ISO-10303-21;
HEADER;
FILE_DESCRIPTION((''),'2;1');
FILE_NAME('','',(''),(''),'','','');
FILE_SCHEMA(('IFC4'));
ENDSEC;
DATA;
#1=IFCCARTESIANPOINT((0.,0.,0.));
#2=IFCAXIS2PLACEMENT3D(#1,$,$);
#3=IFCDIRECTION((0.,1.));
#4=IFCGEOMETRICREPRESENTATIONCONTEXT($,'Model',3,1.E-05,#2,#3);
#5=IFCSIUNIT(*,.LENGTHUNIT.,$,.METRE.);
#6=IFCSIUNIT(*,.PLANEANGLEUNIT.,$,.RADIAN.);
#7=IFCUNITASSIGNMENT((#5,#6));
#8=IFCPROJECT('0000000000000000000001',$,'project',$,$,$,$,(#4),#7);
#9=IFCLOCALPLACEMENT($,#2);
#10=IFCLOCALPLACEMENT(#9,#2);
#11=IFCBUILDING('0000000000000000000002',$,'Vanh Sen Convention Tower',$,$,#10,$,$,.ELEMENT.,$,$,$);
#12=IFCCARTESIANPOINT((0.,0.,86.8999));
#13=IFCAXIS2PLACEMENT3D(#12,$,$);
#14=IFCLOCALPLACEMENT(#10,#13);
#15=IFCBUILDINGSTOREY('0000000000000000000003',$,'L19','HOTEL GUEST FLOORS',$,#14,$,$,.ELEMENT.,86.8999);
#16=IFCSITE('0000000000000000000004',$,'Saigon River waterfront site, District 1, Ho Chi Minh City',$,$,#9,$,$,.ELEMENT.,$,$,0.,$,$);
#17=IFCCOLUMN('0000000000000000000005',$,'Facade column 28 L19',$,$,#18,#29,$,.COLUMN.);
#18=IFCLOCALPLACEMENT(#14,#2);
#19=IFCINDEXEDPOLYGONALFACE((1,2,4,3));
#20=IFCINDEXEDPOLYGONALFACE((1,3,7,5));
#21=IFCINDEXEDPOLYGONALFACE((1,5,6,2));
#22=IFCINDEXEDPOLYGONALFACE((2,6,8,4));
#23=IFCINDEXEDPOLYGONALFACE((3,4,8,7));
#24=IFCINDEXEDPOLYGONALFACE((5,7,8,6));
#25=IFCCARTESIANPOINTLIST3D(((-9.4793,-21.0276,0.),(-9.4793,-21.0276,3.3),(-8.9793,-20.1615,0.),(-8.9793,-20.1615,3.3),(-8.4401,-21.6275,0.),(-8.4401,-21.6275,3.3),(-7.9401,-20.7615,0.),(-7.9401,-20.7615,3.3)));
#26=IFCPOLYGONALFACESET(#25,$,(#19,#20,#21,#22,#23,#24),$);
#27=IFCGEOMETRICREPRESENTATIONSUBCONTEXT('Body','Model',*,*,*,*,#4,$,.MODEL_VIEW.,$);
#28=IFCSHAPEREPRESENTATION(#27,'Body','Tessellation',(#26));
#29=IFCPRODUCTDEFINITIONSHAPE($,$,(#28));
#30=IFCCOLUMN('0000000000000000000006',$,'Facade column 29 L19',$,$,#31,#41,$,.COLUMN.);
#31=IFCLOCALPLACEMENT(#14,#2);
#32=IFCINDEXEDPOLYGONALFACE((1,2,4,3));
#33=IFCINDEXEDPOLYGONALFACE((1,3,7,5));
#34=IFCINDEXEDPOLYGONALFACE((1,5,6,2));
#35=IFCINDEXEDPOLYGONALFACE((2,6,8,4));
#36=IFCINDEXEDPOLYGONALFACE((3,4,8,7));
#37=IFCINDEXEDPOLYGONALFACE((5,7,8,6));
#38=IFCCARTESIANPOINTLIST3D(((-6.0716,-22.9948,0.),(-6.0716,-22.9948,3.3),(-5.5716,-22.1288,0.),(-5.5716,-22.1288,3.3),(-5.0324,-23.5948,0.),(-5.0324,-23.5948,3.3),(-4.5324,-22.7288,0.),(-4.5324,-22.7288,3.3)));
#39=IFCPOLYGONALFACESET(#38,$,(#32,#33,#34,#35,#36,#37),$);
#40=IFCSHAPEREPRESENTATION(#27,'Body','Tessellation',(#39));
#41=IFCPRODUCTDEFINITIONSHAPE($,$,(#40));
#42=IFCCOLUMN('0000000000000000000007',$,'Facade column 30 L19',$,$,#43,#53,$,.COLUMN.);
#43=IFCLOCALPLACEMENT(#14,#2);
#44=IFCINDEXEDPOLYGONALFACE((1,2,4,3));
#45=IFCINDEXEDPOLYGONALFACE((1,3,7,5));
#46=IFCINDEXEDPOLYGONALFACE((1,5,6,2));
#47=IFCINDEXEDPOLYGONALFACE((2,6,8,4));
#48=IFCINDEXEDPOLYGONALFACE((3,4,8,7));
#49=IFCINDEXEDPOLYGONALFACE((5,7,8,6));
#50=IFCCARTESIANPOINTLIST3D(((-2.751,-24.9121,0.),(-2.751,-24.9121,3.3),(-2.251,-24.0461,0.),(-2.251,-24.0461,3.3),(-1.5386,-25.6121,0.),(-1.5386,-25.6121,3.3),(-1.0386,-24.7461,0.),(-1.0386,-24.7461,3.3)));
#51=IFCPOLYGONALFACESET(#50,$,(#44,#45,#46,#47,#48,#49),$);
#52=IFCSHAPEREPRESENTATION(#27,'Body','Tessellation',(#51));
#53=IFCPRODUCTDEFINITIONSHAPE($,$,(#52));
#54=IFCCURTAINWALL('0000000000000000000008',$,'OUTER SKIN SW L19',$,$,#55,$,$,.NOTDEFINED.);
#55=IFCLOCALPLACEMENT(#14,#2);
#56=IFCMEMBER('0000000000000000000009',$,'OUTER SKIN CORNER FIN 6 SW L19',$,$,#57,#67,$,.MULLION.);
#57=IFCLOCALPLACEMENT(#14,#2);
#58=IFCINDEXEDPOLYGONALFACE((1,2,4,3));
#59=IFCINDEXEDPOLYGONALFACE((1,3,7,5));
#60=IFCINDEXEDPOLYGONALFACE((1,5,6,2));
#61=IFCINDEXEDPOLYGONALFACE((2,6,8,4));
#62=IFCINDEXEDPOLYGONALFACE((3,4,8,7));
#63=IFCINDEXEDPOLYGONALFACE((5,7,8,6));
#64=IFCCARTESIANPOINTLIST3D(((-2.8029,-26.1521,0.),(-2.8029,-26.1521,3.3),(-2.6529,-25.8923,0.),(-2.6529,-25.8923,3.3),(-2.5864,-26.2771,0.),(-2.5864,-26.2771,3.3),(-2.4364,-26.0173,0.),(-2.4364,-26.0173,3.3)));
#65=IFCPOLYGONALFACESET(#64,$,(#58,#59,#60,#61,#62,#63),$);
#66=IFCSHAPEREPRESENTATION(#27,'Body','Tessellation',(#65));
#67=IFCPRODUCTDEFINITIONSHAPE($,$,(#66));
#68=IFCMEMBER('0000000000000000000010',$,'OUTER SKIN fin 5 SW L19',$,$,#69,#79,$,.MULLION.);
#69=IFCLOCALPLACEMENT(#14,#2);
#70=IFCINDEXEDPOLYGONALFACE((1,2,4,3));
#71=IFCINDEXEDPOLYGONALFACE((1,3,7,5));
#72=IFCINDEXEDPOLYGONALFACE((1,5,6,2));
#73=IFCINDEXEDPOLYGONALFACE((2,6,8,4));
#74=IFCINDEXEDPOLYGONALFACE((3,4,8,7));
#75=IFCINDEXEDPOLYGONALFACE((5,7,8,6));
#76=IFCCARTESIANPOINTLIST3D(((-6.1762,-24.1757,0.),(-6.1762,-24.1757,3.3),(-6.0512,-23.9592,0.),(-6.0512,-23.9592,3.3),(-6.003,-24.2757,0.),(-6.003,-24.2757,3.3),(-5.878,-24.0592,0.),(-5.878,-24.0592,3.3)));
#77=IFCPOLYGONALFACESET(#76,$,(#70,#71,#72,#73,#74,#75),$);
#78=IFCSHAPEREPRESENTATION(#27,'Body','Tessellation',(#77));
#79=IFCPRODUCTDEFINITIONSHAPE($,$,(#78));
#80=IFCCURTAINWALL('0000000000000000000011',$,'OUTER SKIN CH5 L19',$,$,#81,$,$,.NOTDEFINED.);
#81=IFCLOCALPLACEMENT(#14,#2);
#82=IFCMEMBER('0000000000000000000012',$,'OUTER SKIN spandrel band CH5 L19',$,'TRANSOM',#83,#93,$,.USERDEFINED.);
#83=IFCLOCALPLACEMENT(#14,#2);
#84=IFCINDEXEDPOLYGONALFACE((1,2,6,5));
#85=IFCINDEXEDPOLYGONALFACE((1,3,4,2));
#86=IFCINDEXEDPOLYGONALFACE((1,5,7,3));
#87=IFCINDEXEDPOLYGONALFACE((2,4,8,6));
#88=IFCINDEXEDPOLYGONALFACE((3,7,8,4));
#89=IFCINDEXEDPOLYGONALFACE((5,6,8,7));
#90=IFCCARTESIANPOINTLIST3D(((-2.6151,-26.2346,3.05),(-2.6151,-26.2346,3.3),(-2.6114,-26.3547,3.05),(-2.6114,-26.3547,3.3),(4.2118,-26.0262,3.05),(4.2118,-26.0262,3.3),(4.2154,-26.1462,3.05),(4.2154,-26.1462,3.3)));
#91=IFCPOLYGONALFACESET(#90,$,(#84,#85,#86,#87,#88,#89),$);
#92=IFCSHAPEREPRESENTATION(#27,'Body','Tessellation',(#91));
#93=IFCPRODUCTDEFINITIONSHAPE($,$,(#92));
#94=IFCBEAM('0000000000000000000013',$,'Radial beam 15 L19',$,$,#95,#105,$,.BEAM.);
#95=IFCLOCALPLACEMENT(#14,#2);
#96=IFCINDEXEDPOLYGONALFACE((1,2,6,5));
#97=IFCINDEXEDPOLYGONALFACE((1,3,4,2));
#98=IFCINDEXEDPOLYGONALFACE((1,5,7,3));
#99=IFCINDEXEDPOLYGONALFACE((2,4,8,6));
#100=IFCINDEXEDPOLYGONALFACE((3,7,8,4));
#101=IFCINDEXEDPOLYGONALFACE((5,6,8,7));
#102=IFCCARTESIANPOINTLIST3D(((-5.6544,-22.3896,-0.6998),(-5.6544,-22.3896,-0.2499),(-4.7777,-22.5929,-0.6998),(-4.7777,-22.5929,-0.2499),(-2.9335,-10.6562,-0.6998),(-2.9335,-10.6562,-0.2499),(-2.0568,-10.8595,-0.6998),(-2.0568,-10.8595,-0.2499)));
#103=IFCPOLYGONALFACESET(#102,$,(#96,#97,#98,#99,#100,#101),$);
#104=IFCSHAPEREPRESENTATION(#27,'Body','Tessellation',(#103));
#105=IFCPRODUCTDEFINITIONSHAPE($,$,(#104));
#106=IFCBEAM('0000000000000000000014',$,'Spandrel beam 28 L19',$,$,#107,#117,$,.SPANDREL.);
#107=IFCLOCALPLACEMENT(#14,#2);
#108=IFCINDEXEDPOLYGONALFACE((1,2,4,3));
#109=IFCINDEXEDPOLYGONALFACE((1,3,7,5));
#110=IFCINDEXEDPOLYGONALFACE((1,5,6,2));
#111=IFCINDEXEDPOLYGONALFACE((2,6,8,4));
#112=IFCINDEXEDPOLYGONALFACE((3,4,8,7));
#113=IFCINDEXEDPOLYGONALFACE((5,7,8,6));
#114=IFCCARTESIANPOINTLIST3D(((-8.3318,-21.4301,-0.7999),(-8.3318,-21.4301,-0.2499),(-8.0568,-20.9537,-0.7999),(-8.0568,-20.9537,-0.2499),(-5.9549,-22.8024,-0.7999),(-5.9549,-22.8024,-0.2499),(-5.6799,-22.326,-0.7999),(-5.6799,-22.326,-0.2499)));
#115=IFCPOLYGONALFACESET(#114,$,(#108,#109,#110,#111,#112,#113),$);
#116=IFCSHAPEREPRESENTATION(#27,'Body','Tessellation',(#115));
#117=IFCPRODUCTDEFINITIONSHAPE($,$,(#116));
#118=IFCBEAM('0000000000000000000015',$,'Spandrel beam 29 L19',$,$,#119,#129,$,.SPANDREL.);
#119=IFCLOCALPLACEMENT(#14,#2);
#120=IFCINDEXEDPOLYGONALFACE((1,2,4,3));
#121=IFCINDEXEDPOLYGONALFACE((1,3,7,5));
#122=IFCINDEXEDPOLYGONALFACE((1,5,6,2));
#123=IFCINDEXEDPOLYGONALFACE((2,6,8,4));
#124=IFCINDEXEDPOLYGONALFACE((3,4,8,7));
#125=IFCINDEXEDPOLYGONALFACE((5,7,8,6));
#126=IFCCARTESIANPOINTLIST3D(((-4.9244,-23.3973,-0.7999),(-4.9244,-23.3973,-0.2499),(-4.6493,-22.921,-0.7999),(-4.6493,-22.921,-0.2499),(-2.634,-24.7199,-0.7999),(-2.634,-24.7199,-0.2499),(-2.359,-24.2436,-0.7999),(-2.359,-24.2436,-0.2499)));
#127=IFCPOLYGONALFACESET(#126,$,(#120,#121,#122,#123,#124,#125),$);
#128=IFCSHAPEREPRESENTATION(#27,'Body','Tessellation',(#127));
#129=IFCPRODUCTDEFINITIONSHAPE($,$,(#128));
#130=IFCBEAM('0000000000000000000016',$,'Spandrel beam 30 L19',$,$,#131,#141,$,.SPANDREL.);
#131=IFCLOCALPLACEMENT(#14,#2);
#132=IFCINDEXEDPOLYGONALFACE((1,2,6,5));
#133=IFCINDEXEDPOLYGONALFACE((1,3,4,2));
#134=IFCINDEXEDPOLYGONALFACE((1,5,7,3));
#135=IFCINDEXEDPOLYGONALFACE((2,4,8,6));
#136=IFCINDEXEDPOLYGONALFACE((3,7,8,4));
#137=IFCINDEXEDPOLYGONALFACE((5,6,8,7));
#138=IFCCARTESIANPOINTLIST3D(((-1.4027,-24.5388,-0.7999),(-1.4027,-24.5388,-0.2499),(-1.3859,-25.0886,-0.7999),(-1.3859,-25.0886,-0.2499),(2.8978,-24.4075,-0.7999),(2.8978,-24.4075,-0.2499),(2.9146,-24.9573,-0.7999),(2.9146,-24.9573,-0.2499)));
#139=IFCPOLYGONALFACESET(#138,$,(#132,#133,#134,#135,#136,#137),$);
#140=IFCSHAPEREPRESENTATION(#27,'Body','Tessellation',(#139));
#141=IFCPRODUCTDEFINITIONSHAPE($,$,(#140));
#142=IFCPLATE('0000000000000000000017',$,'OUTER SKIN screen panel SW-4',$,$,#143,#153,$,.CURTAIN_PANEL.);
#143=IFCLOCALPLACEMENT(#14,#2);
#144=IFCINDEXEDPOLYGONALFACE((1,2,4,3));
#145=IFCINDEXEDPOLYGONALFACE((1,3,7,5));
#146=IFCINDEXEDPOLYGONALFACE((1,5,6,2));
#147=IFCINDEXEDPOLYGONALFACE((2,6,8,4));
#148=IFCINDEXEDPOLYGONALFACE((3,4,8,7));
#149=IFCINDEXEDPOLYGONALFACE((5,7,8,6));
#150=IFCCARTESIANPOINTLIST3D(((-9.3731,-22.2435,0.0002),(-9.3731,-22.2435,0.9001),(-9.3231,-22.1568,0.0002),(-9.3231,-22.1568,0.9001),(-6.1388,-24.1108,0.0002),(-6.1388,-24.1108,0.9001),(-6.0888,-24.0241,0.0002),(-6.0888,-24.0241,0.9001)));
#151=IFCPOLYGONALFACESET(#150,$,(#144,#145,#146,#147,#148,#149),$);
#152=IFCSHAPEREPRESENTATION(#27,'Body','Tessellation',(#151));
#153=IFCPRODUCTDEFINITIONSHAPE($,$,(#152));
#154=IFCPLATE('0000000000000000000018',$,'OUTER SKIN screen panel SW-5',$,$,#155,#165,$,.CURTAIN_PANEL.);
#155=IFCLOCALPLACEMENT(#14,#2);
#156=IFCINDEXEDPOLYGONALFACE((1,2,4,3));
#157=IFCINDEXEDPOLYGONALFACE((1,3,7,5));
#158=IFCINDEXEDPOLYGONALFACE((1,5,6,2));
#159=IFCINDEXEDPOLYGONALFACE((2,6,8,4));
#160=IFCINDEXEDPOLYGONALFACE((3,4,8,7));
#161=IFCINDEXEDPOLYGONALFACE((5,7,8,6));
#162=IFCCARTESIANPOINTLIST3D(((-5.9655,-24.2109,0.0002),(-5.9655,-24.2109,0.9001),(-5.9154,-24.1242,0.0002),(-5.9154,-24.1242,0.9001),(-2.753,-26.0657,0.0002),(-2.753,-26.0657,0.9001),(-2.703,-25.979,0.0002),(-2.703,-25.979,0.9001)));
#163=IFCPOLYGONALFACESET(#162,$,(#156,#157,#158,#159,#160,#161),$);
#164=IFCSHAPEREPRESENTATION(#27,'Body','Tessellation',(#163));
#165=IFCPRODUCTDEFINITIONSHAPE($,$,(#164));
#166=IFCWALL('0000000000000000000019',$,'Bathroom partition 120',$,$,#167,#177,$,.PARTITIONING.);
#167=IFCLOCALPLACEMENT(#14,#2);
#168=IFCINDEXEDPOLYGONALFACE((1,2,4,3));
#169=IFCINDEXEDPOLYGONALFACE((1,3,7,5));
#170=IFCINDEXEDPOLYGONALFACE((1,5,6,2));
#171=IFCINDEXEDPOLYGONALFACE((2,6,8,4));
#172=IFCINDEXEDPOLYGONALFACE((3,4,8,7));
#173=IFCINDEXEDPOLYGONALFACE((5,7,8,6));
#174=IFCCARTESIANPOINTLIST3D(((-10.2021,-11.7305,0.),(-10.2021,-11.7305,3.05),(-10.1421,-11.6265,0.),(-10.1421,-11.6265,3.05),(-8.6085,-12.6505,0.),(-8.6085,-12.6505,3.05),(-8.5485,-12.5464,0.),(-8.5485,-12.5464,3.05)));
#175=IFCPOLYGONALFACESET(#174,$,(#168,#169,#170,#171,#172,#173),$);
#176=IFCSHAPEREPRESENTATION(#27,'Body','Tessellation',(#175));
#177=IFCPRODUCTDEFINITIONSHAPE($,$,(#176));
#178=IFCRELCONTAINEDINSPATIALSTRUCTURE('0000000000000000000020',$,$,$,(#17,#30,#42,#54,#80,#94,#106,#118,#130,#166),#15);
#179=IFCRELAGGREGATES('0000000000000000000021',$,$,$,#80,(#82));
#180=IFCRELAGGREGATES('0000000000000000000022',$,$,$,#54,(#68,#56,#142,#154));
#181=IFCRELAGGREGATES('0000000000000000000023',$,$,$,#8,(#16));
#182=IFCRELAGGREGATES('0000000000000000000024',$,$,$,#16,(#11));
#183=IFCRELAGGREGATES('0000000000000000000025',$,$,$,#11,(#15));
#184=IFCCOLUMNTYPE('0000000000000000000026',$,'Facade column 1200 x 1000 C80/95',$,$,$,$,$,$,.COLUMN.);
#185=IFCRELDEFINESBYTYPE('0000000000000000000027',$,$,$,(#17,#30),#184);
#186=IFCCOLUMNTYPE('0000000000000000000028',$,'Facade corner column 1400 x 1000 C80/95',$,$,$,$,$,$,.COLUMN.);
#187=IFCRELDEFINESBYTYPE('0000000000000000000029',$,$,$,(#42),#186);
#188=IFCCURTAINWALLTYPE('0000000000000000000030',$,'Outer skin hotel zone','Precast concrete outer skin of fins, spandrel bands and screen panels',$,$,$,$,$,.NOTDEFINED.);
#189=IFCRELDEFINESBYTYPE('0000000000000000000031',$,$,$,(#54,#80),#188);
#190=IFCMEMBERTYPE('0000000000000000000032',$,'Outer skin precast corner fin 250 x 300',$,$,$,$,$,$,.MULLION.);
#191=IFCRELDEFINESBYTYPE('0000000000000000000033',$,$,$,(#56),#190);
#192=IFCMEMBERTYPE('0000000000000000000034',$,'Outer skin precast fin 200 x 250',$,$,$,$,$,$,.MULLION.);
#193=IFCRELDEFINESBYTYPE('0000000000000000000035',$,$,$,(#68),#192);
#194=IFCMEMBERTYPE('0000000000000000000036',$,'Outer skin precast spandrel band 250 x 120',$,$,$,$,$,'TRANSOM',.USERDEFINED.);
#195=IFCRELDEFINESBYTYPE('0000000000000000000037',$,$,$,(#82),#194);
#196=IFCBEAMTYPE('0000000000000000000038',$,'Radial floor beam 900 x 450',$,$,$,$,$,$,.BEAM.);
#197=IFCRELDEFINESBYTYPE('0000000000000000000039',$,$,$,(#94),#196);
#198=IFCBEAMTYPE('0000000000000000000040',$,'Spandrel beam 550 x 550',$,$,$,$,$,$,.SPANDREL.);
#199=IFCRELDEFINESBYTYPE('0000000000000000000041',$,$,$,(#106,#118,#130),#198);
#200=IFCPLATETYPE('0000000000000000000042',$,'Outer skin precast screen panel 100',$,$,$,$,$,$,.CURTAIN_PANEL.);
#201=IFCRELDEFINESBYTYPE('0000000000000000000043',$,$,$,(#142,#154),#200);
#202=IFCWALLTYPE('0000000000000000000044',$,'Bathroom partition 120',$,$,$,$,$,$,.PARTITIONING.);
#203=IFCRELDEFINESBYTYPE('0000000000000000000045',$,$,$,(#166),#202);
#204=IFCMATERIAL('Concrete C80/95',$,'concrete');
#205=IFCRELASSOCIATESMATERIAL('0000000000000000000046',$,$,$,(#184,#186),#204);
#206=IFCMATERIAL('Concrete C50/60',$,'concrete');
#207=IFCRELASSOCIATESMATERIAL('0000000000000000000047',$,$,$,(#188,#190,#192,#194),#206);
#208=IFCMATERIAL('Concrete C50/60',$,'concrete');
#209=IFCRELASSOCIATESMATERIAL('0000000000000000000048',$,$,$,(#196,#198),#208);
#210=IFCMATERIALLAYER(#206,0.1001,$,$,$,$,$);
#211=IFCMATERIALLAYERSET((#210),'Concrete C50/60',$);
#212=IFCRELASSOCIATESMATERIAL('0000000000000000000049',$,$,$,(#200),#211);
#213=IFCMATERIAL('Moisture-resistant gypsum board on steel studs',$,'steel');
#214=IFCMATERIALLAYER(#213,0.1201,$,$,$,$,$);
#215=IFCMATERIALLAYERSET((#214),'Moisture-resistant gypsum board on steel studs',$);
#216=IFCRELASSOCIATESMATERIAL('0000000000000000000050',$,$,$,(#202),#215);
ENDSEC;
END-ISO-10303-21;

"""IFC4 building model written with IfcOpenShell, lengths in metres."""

from ifc_helpers import new_model, si_unit, direction, frame, frame_2d, origin, origin_2d, place, context, subcontext, project, spatial, rectangle, extrude, material, layer, layer_set, material_profile, profile_set, type_object, element, aggregate, save


model = new_model("IFC4")

# Units and contexts
model_context = context("Model", 3, precision=1e-05, world=origin(), true_north=direction((0.0, 1.0)))
body_context = subcontext(model_context, "Body", "Model", "MODEL_VIEW")
ifc_project = project(units=[si_unit("LENGTHUNIT", "METRE"), si_unit("PLANEANGLEUNIT", "RADIAN")], contexts=[model_context])

# Site, building, storey
site_placement = place(None, origin())
site = spatial("IfcSite", under=ifc_project, at=site_placement, Name="Saigon River waterfront site, District 1, Ho Chi Minh City", CompositionType="ELEMENT", RefElevation=0.0)
building_placement = place(site_placement, origin())
building = spatial("IfcBuilding", under=site, at=building_placement, Name="Vanh Sen Convention Tower", CompositionType="ELEMENT")
storey_placement = place(building_placement, frame((0.0, 0.0, 86.8999)))
storey = spatial("IfcBuildingStorey", under=building, at=storey_placement, Name="L19", Description="HOTEL GUEST FLOORS", CompositionType="ELEMENT", Elevation=86.8999)

# Columns
ifc_material_1 = material(Name="Concrete C80/95", Category="concrete")
ifc_material_profile_1 = material_profile(ifc_material_1, rectangle(XDim=1.2, YDim=1.0, at=origin_2d()), Name="RC 1200X1000")
ifc_profile_set_1 = profile_set([ifc_material_profile_1], Name="Concrete C80/95")
column_type_1 = type_object("IfcColumnType", Name="Facade column 1200 x 1000 C80/95", PredefinedType="COLUMN", material=ifc_profile_set_1)
for number, where, z_axis, x_axis, name in (
    (1, (-8.7097, -20.8945, 0.0), (0.0, 0.0, 1.0), (0.866025, -0.5, 0.0), "Facade column 28 L19"),
    (2, (-5.302, -22.8618, 0.0), (0.0, 0.0, 1.0), (0.866025, -0.5, 0.0), "Facade column 29 L19"),
):
    element("IfcColumn", number, at=place(storey_placement, frame(where, z_axis=z_axis, x_axis=x_axis)), inside=storey, type_object=column_type_1, Name=name, PredefinedType="COLUMN", context=body_context, shape_type="SweptSolid", body=[
        extrude(rectangle(XDim=1.2, YDim=1.0, at=origin_2d()), origin(), (0.0, 0.0, 1.0), 3.3),
    ])
ifc_material_profile_2 = material_profile(ifc_material_1, rectangle(XDim=1.3999, YDim=1.0, at=origin_2d()), Name="RC 1400X1000")
ifc_profile_set_2 = profile_set([ifc_material_profile_2], Name="Concrete C80/95")
column_type_2 = type_object("IfcColumnType", Name="Facade corner column 1400 x 1000 C80/95", PredefinedType="COLUMN", material=ifc_profile_set_2)
column_placement = place(storey_placement, frame((-1.8948, -24.8291, 0.0), z_axis=(0.0, 0.0, 1.0), x_axis=(0.866025, -0.5, 0.0)))
element("IfcColumn", 3, at=column_placement, inside=storey, type_object=column_type_2, Name="Facade column 30 L19", PredefinedType="COLUMN", context=body_context, shape_type="SweptSolid", body=[
    extrude(rectangle(XDim=1.3999, YDim=1.0, at=origin_2d()), origin(), (0.0, 0.0, 1.0), 3.3),
])

# Curtain wall, members
ifc_material_2 = material(Name="Concrete C50/60", Category="concrete")
curtain_wall_type = type_object("IfcCurtainWallType", Name="Outer skin hotel zone", Description="Precast concrete outer skin of fins, spandrel bands and screen panels", PredefinedType="NOTDEFINED", material=ifc_material_2)
curtain_wall_1_placement = place(storey_placement, origin())
curtain_wall_1 = element("IfcCurtainWall", 4, at=curtain_wall_1_placement, inside=storey, type_object=curtain_wall_type, Name="OUTER SKIN SW L19", PredefinedType="NOTDEFINED")
ifc_material_profile_3 = material_profile(ifc_material_2, rectangle(XDim=0.25, YDim=0.3, at=origin_2d()), Name="Outer skin precast corner fin 250 x 300")
ifc_profile_set_3 = profile_set([ifc_material_profile_3], Name="Concrete C50/60")
member_type_1 = type_object("IfcMemberType", Name="Outer skin precast corner fin 250 x 300", PredefinedType="MULLION", material=ifc_profile_set_3)
member_1_placement = place(storey_placement, frame((-2.6196, -26.0847, 0.0), z_axis=(0.0, 0.0, 1.0), x_axis=(0.866025, -0.5, 0.0)))
member_1 = element("IfcMember", 5, at=member_1_placement, type_object=member_type_1, Name="OUTER SKIN CORNER FIN 6 SW L19", PredefinedType="MULLION", context=body_context, shape_type="SweptSolid", body=[
    extrude(rectangle(XDim=0.25, YDim=0.3, at=origin_2d()), origin(), (0.0, 0.0, 1.0), 3.3),
])
ifc_material_profile_4 = material_profile(ifc_material_2, rectangle(XDim=0.2, YDim=0.25, at=origin_2d()), Name="Outer skin precast fin 200 x 250")
ifc_profile_set_4 = profile_set([ifc_material_profile_4], Name="Concrete C50/60")
member_type_2 = type_object("IfcMemberType", Name="Outer skin precast fin 200 x 250", PredefinedType="MULLION", material=ifc_profile_set_4)
member_2_placement = place(storey_placement, frame((-6.0271, -24.1174, 0.0), z_axis=(0.0, 0.0, 1.0), x_axis=(0.866025, -0.5, 0.0)))
member_2 = element("IfcMember", 6, at=member_2_placement, type_object=member_type_2, Name="OUTER SKIN fin 5 SW L19", PredefinedType="MULLION", context=body_context, shape_type="SweptSolid", body=[
    extrude(rectangle(XDim=0.2, YDim=0.25, at=origin_2d()), origin(), (0.0, 0.0, 1.0), 3.3),
])

# Curtain wall, member
curtain_wall_2_placement = place(storey_placement, origin())
curtain_wall_2 = element("IfcCurtainWall", 7, at=curtain_wall_2_placement, inside=storey, type_object=curtain_wall_type, Name="OUTER SKIN CH5 L19", PredefinedType="NOTDEFINED")
ifc_material_profile_5 = material_profile(ifc_material_2, rectangle(XDim=0.1201, YDim=0.25, at=origin_2d()), Name="Outer skin precast spandrel band 250 x 120")
ifc_profile_set_5 = profile_set([ifc_material_profile_5], Name="Concrete C50/60")
member_type_3 = type_object("IfcMemberType", Name="Outer skin precast spandrel band 250 x 120", ElementType="TRANSOM", PredefinedType="USERDEFINED", material=ifc_profile_set_5)
member_3_placement = place(storey_placement, frame((-2.6133, -26.2947, 3.175), z_axis=(0.999534, 0.030526, 0.0), x_axis=(-0.030526, 0.999534, 0.0)))
member_3 = element("IfcMember", 8, at=member_3_placement, type_object=member_type_3, Name="OUTER SKIN spandrel band CH5 L19", ObjectType="TRANSOM", PredefinedType="USERDEFINED", context=body_context, shape_type="SweptSolid", body=[
    extrude(rectangle(XDim=0.1201, YDim=0.25, at=origin_2d()), origin(), (0.0, 0.0, 1.0), 6.8301),
])
aggregate(curtain_wall_2, [member_3])

# Beams
ifc_material_3 = material(Name="Concrete C50/60", Category="concrete")
ifc_material_profile_6 = material_profile(ifc_material_3, rectangle(XDim=0.8999, YDim=0.45, at=origin_2d()), Name="RC 900X450")
ifc_profile_set_6 = profile_set([ifc_material_profile_6], Name="Concrete C50/60")
beam_type_1 = type_object("IfcBeamType", Name="Radial floor beam 900 x 450", PredefinedType="BEAM", material=ifc_profile_set_6)
beam_1_placement = place(storey_placement, frame((-5.2161, -22.4912, -0.4749), z_axis=(0.225903, 0.97415, 0.0), x_axis=(-0.97415, 0.225903, 0.0)))
element("IfcBeam", 9, at=beam_1_placement, inside=storey, type_object=beam_type_1, Name="Radial beam 15 L19", PredefinedType="BEAM", context=body_context, shape_type="SweptSolid", body=[
    extrude(rectangle(XDim=0.8999, YDim=0.45, at=origin_2d()), origin(), (0.0, 0.0, 1.0), 12.0447),
])
ifc_material_profile_7 = material_profile(ifc_material_3, rectangle(XDim=0.55, YDim=0.55, at=origin_2d()), Name="RC 550X550")
ifc_profile_set_7 = profile_set([ifc_material_profile_7], Name="Concrete C50/60")
beam_type_2 = type_object("IfcBeamType", Name="Spandrel beam 550 x 550", PredefinedType="SPANDREL", material=ifc_profile_set_7)
beam_2_placement = place(storey_placement, frame((-8.1943, -21.1919, -0.5249), z_axis=(0.866029, -0.499995, 0.0), x_axis=(0.499995, 0.866029, 0.0)))
element("IfcBeam", 10, at=beam_2_placement, inside=storey, type_object=beam_type_2, Name="Spandrel beam 28 L19", PredefinedType="SPANDREL", context=body_context, shape_type="SweptSolid", body=[
    extrude(rectangle(XDim=0.55, YDim=0.55, at=origin_2d()), origin(), (0.0, 0.0, 1.0), 2.7446),
])
beam_3_placement = place(storey_placement, frame((-4.7869, -23.1592, -0.5249), z_axis=(0.86599, -0.500061, 0.0), x_axis=(0.500061, 0.86599, 0.0)))
element("IfcBeam", 11, at=beam_3_placement, inside=storey, type_object=beam_type_2, Name="Spandrel beam 29 L19", PredefinedType="SPANDREL", context=body_context, shape_type="SweptSolid", body=[
    extrude(rectangle(XDim=0.55, YDim=0.55, at=origin_2d()), origin(), (0.0, 0.0, 1.0), 2.6448),
])
beam_4_placement = place(storey_placement, frame((-1.3943, -24.8137, -0.5249), z_axis=(0.999534, 0.030528, 0.0), x_axis=(-0.030528, 0.999534, 0.0)))
element("IfcBeam", 12, at=beam_4_placement, inside=storey, type_object=beam_type_2, Name="Spandrel beam 30 L19", PredefinedType="SPANDREL", context=body_context, shape_type="SweptSolid", body=[
    extrude(rectangle(XDim=0.55, YDim=0.55, at=origin_2d()), origin(), (0.0, 0.0, 1.0), 4.3025),
])

# Plates
ifc_layer_1 = layer(ifc_material_2, 0.1001)
ifc_layer_set_1 = layer_set([ifc_layer_1], Name="Concrete C50/60")
plate_type = type_object("IfcPlateType", Name="Outer skin precast screen panel 100", PredefinedType="CURTAIN_PANEL", material=ifc_layer_set_1)
plate_1_placement = place(storey_placement, frame((-7.731, -23.1338, 0.0002), z_axis=(0.0, 0.0, 1.0), x_axis=(0.866028, -0.499995, 0.0)))
plate_1 = element("IfcPlate", 13, at=plate_1_placement, type_object=plate_type, Name="OUTER SKIN screen panel SW-4", PredefinedType="CURTAIN_PANEL", context=body_context, shape_type="SweptSolid", body=[
    extrude(rectangle(XDim=3.7346, YDim=0.1001, at=origin_2d()), origin(), (0.0, 0.0, 1.0), 0.8999),
])
plate_2_placement = place(storey_placement, frame((-4.3342, -25.095, 0.0002), z_axis=(0.0, 0.0, 1.0), x_axis=(0.866021, -0.500008, 0.0)))
plate_2 = element("IfcPlate", 14, at=plate_2_placement, type_object=plate_type, Name="OUTER SKIN screen panel SW-5", PredefinedType="CURTAIN_PANEL", context=body_context, shape_type="SweptSolid", body=[
    extrude(rectangle(XDim=3.7095, YDim=0.1001, at=origin_2d()), origin(), (0.0, 0.0, 1.0), 0.8999),
])
aggregate(curtain_wall_1, [member_2, member_1, plate_1, plate_2])

# Wall
ifc_material_4 = material(Name="Moisture-resistant gypsum board on steel studs", Category="steel")
ifc_layer_2 = layer(ifc_material_4, 0.1201)
ifc_layer_set_2 = layer_set([ifc_layer_2], Name="Moisture-resistant gypsum board on steel studs")
wall_type_1 = type_object("IfcWallType", Name="Bathroom partition 120", PredefinedType="PARTITIONING", material=ifc_layer_set_2)
for number, where, z_axis, x_axis, name in (
    (15, (-8.5786, -12.5984, 0.0), (0.0, 0.0, 1.0), (-0.866046, 0.499964, 0.0), "Bathroom partition 120"),
):
    element("IfcWall", number, at=place(storey_placement, frame(where, z_axis=z_axis, x_axis=x_axis)), inside=storey, type_object=wall_type_1, Name=name, PredefinedType="PARTITIONING", context=body_context, shape_type="SweptSolid", body=[
        extrude(rectangle(XDim=1.8401, YDim=0.1201, at=frame_2d((0.9199, 0.0))), origin(), (0.0, 0.0, 1.0), 3.05),
    ])

save(model, "model.ifc")
